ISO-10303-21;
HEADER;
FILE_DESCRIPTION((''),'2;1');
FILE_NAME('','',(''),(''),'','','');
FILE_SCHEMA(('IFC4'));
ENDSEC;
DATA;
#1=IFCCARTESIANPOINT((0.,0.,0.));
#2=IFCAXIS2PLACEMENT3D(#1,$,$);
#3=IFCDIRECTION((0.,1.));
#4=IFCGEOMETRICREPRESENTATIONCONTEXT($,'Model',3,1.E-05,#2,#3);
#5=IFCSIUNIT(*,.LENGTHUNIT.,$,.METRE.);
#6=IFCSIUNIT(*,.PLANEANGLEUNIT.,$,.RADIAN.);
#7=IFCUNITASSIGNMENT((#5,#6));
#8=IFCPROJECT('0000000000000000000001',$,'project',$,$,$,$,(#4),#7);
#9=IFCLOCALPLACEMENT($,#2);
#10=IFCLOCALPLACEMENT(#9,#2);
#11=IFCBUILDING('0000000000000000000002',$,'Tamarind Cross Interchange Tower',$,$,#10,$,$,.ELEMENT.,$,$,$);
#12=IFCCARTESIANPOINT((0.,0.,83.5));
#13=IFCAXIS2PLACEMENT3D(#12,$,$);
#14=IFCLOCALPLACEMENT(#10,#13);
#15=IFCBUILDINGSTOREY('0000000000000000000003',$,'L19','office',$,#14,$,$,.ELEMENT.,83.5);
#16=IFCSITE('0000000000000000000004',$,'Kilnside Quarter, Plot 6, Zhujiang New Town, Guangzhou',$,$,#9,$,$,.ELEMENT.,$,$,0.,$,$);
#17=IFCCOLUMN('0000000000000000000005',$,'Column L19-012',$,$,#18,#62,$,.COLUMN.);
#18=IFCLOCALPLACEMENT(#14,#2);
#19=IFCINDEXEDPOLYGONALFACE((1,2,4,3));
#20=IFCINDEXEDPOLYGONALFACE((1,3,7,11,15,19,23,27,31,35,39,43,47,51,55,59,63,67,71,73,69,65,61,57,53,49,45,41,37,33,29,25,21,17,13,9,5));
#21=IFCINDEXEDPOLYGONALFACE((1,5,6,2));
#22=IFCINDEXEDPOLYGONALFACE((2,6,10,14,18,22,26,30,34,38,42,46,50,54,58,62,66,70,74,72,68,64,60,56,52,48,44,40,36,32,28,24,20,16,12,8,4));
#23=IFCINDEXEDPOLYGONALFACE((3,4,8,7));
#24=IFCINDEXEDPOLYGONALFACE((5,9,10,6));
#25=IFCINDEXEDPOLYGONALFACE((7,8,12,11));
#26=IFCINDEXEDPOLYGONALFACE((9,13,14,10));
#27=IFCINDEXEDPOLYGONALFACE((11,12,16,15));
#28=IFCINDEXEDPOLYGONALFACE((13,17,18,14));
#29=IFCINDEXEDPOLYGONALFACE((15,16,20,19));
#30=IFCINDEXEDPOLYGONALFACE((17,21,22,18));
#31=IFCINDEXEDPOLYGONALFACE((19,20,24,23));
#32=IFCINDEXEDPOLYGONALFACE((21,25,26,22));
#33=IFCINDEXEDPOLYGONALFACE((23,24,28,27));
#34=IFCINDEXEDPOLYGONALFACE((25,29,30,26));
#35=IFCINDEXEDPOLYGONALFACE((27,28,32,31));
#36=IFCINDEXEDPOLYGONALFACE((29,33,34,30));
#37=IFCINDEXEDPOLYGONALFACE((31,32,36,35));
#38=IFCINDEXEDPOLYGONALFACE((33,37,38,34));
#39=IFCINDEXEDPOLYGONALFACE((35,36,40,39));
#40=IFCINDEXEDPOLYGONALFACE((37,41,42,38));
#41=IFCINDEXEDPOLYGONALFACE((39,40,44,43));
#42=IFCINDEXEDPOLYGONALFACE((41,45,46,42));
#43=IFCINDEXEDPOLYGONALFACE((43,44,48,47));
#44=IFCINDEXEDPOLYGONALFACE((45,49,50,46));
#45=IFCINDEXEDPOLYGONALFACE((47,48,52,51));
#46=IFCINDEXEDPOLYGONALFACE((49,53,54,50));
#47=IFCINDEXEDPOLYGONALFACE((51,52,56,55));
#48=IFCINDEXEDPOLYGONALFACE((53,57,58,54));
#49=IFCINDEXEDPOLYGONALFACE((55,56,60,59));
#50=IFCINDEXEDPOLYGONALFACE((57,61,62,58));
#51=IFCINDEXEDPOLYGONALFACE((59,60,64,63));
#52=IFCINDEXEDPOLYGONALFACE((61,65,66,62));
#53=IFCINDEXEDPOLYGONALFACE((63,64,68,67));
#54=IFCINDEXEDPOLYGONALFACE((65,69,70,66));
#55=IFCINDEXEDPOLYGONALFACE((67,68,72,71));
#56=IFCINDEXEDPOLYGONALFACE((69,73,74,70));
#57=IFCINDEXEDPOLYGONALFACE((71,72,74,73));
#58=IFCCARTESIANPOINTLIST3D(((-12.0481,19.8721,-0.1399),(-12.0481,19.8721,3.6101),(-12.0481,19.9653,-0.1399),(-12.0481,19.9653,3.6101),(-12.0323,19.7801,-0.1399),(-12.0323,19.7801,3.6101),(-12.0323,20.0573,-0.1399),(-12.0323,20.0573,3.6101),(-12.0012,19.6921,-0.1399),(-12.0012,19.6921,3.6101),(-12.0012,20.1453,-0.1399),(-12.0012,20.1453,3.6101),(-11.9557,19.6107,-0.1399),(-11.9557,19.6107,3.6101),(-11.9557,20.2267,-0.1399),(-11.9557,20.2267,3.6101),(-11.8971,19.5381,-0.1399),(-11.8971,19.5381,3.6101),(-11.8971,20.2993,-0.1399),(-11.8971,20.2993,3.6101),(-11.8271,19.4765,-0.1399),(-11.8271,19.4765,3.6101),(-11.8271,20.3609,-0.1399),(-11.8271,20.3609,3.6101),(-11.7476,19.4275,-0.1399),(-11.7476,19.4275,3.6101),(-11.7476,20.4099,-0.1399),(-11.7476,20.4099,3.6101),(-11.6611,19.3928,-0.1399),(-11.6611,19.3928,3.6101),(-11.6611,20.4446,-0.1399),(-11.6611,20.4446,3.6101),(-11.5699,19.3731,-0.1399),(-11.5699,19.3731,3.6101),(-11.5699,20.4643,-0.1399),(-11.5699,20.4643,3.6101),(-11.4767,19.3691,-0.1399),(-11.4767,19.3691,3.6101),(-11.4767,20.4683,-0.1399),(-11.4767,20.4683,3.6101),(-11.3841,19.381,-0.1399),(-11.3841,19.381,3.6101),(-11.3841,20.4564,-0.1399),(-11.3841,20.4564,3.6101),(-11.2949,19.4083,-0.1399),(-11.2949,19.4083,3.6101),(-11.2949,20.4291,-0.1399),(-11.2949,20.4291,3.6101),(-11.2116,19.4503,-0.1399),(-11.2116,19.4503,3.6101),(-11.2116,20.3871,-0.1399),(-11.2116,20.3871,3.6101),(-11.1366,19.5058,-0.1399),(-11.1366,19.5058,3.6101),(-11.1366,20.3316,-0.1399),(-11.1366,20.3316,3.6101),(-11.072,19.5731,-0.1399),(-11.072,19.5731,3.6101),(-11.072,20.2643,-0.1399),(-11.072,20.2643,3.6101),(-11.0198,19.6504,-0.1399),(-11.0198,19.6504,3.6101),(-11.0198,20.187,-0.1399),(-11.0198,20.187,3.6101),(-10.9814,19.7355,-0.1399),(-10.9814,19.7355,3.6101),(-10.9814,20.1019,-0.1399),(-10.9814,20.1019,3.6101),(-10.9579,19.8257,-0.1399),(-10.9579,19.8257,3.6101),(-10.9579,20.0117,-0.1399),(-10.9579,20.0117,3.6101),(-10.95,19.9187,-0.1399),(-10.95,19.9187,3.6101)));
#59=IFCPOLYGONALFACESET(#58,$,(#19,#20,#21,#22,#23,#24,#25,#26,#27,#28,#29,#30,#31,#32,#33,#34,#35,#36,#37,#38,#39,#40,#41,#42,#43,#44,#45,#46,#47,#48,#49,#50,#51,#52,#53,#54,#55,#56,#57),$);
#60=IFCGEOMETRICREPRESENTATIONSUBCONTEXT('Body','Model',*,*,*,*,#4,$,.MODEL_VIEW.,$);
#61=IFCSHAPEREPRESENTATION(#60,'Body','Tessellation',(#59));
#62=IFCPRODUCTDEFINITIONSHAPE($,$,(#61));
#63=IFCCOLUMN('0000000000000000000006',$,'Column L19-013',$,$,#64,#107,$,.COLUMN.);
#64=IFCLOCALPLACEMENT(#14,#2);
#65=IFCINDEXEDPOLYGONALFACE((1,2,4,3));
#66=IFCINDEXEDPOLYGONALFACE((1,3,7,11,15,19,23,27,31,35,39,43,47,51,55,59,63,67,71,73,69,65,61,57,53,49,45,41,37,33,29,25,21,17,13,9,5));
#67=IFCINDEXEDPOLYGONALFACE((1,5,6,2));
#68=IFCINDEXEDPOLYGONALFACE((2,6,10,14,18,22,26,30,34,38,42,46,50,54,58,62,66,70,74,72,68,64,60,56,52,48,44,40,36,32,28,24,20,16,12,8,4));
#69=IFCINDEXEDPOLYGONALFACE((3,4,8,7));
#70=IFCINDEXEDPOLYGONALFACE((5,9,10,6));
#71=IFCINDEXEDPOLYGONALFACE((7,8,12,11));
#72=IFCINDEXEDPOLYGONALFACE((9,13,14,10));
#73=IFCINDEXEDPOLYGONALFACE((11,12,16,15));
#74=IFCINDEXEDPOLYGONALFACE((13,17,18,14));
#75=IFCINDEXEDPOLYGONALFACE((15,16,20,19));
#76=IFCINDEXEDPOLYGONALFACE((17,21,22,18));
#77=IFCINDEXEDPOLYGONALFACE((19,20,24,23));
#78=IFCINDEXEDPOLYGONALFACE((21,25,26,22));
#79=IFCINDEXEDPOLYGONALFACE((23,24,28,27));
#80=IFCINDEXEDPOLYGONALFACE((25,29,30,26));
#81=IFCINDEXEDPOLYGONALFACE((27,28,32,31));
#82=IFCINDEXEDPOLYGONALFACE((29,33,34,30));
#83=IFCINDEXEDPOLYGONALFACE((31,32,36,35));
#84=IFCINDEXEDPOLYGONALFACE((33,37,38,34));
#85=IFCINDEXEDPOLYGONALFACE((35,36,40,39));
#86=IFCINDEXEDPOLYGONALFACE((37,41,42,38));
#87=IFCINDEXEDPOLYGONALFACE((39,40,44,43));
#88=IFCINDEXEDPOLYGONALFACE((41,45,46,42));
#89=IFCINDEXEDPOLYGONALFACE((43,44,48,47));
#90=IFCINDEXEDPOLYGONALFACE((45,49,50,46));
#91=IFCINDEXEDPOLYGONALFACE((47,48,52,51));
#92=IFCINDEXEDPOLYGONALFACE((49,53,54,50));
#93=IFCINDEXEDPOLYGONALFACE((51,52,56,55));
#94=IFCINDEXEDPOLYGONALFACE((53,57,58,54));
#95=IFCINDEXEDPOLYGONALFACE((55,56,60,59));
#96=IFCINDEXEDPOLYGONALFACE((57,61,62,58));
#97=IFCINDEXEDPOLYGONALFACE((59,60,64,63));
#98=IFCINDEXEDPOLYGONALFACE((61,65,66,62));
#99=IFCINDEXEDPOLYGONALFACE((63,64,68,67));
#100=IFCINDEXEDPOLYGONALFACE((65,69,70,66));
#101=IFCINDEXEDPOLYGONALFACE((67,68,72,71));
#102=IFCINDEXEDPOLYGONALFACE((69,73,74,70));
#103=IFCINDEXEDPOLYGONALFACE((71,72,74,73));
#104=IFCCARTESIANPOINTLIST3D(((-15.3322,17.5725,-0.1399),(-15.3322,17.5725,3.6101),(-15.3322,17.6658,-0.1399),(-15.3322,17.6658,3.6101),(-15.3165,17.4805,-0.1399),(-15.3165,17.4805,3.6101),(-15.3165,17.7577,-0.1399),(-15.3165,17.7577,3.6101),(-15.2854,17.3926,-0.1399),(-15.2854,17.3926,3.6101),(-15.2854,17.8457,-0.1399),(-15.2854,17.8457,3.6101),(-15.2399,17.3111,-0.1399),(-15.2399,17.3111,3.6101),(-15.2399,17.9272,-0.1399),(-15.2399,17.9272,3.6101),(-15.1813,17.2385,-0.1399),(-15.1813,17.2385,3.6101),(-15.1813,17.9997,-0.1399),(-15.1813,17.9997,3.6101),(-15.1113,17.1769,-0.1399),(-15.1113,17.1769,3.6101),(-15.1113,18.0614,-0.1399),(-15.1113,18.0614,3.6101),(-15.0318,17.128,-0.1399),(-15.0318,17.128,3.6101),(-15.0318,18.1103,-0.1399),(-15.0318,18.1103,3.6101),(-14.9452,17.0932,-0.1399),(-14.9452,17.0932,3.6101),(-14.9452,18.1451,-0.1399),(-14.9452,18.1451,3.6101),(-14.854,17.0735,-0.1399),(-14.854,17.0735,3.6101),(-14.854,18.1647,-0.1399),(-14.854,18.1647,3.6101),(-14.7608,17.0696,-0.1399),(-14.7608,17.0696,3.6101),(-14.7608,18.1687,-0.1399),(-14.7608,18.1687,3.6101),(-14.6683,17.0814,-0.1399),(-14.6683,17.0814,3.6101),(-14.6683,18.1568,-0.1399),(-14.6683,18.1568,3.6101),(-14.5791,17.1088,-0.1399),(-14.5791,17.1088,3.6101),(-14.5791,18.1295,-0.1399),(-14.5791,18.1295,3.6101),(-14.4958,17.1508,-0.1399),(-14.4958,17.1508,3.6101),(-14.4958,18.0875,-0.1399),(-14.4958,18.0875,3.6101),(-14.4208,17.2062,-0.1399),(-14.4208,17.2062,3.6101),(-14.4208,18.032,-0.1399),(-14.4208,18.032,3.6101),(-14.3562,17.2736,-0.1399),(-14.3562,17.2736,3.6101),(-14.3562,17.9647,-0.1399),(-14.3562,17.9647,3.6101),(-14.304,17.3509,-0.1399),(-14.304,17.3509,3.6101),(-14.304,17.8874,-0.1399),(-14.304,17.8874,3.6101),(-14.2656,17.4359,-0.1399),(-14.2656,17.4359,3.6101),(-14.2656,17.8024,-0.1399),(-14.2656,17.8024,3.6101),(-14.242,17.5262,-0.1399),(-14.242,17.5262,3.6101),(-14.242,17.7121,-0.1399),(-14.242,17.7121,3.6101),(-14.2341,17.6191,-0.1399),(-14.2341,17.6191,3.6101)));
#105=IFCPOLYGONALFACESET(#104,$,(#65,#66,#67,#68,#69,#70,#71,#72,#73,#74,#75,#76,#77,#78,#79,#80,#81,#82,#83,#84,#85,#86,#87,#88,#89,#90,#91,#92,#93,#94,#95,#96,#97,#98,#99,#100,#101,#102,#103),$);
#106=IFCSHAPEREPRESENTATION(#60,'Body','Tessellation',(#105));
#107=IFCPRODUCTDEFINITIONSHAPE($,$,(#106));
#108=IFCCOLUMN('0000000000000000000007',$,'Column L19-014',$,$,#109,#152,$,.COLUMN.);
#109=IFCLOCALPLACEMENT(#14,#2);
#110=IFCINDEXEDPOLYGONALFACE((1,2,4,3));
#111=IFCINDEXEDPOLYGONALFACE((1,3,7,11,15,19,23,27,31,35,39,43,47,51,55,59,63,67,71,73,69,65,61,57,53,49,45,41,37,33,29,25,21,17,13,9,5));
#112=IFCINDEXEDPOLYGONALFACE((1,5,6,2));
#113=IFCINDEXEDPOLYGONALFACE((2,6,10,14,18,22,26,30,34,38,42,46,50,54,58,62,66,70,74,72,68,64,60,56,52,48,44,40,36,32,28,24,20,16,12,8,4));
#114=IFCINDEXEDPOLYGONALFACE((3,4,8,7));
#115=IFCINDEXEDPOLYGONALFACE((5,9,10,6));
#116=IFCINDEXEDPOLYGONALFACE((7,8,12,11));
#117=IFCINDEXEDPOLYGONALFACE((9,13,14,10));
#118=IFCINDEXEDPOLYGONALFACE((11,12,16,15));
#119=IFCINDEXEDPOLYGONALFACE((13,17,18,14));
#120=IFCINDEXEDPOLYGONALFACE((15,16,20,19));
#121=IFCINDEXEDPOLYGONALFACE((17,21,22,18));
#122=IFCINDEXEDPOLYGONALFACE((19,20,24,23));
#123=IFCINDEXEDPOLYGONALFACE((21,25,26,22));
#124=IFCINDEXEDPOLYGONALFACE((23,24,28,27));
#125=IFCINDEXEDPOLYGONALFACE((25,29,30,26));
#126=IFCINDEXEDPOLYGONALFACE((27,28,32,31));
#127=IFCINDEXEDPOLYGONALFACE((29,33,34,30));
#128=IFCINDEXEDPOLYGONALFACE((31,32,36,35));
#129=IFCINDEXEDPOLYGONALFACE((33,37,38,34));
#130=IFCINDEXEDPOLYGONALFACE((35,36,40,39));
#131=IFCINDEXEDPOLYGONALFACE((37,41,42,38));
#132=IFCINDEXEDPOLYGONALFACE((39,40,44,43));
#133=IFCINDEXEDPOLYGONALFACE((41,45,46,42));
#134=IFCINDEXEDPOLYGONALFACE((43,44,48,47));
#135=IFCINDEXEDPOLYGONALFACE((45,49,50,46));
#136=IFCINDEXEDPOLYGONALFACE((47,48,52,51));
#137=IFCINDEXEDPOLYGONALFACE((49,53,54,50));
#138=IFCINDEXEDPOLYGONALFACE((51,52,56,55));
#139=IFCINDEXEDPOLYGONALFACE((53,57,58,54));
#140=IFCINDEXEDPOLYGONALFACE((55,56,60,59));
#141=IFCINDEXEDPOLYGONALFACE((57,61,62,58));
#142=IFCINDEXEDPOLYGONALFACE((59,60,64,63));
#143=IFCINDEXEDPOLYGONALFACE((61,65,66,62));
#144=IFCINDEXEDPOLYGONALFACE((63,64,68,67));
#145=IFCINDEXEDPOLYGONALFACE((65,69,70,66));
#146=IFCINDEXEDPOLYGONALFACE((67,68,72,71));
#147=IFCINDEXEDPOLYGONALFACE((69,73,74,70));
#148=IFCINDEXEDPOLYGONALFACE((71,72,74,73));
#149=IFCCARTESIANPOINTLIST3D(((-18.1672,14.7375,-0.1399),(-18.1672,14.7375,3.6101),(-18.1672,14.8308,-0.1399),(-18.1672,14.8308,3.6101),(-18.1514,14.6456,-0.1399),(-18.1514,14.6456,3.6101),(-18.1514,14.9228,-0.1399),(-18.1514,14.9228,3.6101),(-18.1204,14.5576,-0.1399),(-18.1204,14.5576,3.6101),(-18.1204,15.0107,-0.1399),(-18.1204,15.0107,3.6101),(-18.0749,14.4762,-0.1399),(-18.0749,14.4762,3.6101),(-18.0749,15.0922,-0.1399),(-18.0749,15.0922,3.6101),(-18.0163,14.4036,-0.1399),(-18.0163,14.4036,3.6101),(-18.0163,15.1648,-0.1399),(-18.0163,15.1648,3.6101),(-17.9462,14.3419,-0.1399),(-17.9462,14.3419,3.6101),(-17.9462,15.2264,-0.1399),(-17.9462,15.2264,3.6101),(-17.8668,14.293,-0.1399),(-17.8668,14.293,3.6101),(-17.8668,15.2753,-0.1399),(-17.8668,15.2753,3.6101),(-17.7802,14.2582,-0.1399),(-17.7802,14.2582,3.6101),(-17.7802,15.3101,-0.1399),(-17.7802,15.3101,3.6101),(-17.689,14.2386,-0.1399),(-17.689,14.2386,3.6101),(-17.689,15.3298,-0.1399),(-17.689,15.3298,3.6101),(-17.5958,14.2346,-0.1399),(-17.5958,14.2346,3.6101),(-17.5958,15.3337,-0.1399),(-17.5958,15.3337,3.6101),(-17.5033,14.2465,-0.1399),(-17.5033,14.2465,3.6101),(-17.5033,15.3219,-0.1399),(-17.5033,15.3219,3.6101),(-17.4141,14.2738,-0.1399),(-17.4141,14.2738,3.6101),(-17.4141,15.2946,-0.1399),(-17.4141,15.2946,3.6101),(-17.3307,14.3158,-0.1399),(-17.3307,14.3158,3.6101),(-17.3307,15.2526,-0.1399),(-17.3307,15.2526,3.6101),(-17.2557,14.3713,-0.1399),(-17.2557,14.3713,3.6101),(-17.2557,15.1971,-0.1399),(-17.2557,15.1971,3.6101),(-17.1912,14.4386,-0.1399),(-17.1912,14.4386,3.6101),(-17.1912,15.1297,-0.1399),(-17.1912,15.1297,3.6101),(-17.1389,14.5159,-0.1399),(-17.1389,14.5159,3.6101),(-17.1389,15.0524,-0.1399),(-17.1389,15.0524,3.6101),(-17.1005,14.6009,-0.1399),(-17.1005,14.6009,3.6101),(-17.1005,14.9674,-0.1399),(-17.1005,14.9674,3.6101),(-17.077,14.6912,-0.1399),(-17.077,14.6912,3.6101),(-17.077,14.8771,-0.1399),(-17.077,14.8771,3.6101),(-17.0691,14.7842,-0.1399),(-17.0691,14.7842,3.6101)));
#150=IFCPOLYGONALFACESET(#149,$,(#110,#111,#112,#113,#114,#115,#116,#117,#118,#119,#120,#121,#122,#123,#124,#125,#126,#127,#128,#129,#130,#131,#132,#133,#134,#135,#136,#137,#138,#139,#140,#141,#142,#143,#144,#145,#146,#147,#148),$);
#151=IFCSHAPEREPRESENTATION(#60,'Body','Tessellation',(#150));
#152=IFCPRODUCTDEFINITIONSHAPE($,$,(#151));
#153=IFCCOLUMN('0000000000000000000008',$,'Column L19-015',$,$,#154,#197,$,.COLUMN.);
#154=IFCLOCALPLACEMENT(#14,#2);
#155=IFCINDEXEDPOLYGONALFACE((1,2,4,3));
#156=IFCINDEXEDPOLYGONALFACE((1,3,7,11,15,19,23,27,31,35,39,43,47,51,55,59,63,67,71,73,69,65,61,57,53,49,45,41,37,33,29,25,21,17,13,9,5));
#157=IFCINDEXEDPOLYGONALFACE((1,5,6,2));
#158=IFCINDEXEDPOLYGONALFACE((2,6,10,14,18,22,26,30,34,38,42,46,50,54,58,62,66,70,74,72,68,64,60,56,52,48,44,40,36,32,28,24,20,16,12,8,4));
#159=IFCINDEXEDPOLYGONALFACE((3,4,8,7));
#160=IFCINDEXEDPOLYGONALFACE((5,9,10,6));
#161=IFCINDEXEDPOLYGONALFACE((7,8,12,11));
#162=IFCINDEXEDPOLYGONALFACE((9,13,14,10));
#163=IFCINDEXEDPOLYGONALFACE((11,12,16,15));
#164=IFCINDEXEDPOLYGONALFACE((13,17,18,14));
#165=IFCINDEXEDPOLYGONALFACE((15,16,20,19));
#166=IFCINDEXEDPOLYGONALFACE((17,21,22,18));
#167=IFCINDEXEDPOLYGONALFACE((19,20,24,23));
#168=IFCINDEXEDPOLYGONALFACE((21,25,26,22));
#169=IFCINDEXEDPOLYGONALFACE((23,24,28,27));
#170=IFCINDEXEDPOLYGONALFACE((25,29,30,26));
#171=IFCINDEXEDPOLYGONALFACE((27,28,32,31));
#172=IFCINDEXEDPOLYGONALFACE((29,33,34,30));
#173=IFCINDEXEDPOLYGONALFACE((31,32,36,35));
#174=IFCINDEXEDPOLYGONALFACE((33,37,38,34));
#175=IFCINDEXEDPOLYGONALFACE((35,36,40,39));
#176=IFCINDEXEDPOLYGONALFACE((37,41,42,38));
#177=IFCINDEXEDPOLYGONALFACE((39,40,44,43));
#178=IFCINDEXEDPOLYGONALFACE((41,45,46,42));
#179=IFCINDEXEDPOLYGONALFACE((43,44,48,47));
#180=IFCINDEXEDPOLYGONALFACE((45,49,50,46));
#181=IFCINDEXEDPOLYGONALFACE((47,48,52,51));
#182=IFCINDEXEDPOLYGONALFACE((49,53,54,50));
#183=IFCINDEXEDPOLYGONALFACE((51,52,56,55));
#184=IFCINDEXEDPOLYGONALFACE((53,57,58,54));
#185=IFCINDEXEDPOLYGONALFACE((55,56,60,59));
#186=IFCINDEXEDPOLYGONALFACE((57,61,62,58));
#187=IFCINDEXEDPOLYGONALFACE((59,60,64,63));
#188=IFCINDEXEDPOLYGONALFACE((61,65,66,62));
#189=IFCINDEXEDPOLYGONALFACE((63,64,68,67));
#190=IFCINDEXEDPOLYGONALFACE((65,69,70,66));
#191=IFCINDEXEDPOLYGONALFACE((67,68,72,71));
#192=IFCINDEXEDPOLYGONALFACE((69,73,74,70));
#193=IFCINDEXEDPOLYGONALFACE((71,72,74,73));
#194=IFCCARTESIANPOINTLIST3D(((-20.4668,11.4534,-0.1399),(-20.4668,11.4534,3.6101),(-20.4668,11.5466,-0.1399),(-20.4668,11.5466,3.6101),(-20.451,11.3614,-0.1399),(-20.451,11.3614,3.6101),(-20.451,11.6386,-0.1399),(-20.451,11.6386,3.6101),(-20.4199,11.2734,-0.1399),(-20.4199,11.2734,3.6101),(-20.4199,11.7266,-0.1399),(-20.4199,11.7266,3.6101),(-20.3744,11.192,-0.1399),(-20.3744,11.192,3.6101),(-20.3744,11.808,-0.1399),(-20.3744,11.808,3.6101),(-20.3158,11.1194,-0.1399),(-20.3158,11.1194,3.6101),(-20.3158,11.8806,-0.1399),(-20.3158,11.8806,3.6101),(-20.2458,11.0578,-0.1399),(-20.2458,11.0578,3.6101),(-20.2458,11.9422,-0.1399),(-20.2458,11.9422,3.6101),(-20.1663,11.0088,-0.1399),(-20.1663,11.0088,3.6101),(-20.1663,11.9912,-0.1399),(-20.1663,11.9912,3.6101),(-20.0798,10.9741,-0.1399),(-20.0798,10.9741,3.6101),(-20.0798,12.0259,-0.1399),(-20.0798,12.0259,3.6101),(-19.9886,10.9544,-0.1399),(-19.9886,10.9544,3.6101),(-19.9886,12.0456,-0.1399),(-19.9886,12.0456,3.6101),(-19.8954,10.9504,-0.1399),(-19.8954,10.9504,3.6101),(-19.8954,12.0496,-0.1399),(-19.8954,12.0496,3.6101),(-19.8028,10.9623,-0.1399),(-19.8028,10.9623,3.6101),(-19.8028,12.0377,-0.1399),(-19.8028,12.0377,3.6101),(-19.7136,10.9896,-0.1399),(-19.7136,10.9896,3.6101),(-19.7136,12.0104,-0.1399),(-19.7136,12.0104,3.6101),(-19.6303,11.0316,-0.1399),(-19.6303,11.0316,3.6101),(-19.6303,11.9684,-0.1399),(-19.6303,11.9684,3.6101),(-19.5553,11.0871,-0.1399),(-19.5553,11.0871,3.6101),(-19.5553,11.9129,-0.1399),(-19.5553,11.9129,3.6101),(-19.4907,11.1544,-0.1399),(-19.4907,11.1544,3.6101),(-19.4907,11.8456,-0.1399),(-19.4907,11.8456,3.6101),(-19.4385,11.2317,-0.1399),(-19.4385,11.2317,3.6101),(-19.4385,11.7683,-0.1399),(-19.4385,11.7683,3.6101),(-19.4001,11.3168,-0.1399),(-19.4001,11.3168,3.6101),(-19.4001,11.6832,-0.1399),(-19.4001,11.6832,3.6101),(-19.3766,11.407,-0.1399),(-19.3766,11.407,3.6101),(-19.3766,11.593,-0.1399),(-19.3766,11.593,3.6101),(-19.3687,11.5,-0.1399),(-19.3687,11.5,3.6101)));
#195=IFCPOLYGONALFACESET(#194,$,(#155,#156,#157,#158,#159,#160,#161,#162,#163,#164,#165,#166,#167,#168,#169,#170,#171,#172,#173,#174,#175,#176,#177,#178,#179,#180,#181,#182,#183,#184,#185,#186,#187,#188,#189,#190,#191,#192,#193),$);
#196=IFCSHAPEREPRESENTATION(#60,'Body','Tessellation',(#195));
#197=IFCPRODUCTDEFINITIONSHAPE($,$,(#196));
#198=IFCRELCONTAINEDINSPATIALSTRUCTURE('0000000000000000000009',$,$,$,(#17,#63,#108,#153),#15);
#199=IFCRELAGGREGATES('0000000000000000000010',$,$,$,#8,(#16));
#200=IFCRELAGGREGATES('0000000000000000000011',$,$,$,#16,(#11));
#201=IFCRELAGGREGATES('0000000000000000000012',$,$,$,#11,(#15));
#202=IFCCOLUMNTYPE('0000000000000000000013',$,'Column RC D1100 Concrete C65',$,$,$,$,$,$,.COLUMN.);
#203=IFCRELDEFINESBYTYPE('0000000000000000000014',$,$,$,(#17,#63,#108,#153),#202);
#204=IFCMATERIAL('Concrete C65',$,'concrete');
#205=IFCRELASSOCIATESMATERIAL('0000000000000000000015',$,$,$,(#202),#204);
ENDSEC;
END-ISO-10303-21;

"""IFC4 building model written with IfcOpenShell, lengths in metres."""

from ifc_helpers import new_model, si_unit, direction, frame, origin, origin_2d, place, context, subcontext, project, spatial, circle, extrude, material, material_profile, profile_set, type_object, element, save


model = new_model("IFC4")

# Units and contexts
model_context = context("Model", 3, precision=1e-05, world=origin(), true_north=direction((0.0, 1.0)))
body_context = subcontext(model_context, "Body", "Model", "MODEL_VIEW")
ifc_project = project(units=[si_unit("LENGTHUNIT", "METRE"), si_unit("PLANEANGLEUNIT", "RADIAN")], contexts=[model_context])

# Site, building, storey
site_placement = place(None, origin())
site = spatial("IfcSite", under=ifc_project, at=site_placement, Name="Kilnside Quarter, Plot 6, Zhujiang New Town, Guangzhou", CompositionType="ELEMENT", RefElevation=0.0)
building_placement = place(site_placement, origin())
building = spatial("IfcBuilding", under=site, at=building_placement, Name="Tamarind Cross Interchange Tower", CompositionType="ELEMENT")
storey_placement = place(building_placement, frame((0.0, 0.0, 83.5)))
storey = spatial("IfcBuildingStorey", under=building, at=storey_placement, Name="L19", Description="office", CompositionType="ELEMENT", Elevation=83.5)

# Columns
ifc_material_1 = material(Name="Concrete C65", Category="concrete")
ifc_material_profile_1 = material_profile(ifc_material_1, circle(Radius=0.55, at=origin_2d()), Name="RC D1100")
ifc_profile_set_1 = profile_set([ifc_material_profile_1], Name="Concrete C65")
column_type = type_object("IfcColumnType", Name="Column RC D1100 Concrete C65", PredefinedType="COLUMN", material=ifc_profile_set_1)
for number, where, z_axis, x_axis, name in (
    (1, (-11.5, 19.9187, -0.1399), (0.0, 0.0, 1.0), (1.0, 0.0, 0.0), "Column L19-012"),
    (2, (-14.7842, 17.6191, -0.1399), (0.0, 0.0, 1.0), (1.0, 0.0, 0.0), "Column L19-013"),
    (3, (-17.6191, 14.7842, -0.1399), (0.0, 0.0, 1.0), (1.0, 0.0, 0.0), "Column L19-014"),
    (4, (-19.9187, 11.5, -0.1399), (0.0, 0.0, 1.0), (1.0, 0.0, 0.0), "Column L19-015"),
):
    element("IfcColumn", number, at=place(storey_placement, frame(where, z_axis=z_axis, x_axis=x_axis)), inside=storey, type_object=column_type, Name=name, PredefinedType="COLUMN", context=body_context, shape_type="SweptSolid", body=[
        extrude(circle(Radius=0.55, at=origin_2d()), origin(), (0.0, 0.0, 1.0), 3.75),
    ])

save(model, "model.ifc")
